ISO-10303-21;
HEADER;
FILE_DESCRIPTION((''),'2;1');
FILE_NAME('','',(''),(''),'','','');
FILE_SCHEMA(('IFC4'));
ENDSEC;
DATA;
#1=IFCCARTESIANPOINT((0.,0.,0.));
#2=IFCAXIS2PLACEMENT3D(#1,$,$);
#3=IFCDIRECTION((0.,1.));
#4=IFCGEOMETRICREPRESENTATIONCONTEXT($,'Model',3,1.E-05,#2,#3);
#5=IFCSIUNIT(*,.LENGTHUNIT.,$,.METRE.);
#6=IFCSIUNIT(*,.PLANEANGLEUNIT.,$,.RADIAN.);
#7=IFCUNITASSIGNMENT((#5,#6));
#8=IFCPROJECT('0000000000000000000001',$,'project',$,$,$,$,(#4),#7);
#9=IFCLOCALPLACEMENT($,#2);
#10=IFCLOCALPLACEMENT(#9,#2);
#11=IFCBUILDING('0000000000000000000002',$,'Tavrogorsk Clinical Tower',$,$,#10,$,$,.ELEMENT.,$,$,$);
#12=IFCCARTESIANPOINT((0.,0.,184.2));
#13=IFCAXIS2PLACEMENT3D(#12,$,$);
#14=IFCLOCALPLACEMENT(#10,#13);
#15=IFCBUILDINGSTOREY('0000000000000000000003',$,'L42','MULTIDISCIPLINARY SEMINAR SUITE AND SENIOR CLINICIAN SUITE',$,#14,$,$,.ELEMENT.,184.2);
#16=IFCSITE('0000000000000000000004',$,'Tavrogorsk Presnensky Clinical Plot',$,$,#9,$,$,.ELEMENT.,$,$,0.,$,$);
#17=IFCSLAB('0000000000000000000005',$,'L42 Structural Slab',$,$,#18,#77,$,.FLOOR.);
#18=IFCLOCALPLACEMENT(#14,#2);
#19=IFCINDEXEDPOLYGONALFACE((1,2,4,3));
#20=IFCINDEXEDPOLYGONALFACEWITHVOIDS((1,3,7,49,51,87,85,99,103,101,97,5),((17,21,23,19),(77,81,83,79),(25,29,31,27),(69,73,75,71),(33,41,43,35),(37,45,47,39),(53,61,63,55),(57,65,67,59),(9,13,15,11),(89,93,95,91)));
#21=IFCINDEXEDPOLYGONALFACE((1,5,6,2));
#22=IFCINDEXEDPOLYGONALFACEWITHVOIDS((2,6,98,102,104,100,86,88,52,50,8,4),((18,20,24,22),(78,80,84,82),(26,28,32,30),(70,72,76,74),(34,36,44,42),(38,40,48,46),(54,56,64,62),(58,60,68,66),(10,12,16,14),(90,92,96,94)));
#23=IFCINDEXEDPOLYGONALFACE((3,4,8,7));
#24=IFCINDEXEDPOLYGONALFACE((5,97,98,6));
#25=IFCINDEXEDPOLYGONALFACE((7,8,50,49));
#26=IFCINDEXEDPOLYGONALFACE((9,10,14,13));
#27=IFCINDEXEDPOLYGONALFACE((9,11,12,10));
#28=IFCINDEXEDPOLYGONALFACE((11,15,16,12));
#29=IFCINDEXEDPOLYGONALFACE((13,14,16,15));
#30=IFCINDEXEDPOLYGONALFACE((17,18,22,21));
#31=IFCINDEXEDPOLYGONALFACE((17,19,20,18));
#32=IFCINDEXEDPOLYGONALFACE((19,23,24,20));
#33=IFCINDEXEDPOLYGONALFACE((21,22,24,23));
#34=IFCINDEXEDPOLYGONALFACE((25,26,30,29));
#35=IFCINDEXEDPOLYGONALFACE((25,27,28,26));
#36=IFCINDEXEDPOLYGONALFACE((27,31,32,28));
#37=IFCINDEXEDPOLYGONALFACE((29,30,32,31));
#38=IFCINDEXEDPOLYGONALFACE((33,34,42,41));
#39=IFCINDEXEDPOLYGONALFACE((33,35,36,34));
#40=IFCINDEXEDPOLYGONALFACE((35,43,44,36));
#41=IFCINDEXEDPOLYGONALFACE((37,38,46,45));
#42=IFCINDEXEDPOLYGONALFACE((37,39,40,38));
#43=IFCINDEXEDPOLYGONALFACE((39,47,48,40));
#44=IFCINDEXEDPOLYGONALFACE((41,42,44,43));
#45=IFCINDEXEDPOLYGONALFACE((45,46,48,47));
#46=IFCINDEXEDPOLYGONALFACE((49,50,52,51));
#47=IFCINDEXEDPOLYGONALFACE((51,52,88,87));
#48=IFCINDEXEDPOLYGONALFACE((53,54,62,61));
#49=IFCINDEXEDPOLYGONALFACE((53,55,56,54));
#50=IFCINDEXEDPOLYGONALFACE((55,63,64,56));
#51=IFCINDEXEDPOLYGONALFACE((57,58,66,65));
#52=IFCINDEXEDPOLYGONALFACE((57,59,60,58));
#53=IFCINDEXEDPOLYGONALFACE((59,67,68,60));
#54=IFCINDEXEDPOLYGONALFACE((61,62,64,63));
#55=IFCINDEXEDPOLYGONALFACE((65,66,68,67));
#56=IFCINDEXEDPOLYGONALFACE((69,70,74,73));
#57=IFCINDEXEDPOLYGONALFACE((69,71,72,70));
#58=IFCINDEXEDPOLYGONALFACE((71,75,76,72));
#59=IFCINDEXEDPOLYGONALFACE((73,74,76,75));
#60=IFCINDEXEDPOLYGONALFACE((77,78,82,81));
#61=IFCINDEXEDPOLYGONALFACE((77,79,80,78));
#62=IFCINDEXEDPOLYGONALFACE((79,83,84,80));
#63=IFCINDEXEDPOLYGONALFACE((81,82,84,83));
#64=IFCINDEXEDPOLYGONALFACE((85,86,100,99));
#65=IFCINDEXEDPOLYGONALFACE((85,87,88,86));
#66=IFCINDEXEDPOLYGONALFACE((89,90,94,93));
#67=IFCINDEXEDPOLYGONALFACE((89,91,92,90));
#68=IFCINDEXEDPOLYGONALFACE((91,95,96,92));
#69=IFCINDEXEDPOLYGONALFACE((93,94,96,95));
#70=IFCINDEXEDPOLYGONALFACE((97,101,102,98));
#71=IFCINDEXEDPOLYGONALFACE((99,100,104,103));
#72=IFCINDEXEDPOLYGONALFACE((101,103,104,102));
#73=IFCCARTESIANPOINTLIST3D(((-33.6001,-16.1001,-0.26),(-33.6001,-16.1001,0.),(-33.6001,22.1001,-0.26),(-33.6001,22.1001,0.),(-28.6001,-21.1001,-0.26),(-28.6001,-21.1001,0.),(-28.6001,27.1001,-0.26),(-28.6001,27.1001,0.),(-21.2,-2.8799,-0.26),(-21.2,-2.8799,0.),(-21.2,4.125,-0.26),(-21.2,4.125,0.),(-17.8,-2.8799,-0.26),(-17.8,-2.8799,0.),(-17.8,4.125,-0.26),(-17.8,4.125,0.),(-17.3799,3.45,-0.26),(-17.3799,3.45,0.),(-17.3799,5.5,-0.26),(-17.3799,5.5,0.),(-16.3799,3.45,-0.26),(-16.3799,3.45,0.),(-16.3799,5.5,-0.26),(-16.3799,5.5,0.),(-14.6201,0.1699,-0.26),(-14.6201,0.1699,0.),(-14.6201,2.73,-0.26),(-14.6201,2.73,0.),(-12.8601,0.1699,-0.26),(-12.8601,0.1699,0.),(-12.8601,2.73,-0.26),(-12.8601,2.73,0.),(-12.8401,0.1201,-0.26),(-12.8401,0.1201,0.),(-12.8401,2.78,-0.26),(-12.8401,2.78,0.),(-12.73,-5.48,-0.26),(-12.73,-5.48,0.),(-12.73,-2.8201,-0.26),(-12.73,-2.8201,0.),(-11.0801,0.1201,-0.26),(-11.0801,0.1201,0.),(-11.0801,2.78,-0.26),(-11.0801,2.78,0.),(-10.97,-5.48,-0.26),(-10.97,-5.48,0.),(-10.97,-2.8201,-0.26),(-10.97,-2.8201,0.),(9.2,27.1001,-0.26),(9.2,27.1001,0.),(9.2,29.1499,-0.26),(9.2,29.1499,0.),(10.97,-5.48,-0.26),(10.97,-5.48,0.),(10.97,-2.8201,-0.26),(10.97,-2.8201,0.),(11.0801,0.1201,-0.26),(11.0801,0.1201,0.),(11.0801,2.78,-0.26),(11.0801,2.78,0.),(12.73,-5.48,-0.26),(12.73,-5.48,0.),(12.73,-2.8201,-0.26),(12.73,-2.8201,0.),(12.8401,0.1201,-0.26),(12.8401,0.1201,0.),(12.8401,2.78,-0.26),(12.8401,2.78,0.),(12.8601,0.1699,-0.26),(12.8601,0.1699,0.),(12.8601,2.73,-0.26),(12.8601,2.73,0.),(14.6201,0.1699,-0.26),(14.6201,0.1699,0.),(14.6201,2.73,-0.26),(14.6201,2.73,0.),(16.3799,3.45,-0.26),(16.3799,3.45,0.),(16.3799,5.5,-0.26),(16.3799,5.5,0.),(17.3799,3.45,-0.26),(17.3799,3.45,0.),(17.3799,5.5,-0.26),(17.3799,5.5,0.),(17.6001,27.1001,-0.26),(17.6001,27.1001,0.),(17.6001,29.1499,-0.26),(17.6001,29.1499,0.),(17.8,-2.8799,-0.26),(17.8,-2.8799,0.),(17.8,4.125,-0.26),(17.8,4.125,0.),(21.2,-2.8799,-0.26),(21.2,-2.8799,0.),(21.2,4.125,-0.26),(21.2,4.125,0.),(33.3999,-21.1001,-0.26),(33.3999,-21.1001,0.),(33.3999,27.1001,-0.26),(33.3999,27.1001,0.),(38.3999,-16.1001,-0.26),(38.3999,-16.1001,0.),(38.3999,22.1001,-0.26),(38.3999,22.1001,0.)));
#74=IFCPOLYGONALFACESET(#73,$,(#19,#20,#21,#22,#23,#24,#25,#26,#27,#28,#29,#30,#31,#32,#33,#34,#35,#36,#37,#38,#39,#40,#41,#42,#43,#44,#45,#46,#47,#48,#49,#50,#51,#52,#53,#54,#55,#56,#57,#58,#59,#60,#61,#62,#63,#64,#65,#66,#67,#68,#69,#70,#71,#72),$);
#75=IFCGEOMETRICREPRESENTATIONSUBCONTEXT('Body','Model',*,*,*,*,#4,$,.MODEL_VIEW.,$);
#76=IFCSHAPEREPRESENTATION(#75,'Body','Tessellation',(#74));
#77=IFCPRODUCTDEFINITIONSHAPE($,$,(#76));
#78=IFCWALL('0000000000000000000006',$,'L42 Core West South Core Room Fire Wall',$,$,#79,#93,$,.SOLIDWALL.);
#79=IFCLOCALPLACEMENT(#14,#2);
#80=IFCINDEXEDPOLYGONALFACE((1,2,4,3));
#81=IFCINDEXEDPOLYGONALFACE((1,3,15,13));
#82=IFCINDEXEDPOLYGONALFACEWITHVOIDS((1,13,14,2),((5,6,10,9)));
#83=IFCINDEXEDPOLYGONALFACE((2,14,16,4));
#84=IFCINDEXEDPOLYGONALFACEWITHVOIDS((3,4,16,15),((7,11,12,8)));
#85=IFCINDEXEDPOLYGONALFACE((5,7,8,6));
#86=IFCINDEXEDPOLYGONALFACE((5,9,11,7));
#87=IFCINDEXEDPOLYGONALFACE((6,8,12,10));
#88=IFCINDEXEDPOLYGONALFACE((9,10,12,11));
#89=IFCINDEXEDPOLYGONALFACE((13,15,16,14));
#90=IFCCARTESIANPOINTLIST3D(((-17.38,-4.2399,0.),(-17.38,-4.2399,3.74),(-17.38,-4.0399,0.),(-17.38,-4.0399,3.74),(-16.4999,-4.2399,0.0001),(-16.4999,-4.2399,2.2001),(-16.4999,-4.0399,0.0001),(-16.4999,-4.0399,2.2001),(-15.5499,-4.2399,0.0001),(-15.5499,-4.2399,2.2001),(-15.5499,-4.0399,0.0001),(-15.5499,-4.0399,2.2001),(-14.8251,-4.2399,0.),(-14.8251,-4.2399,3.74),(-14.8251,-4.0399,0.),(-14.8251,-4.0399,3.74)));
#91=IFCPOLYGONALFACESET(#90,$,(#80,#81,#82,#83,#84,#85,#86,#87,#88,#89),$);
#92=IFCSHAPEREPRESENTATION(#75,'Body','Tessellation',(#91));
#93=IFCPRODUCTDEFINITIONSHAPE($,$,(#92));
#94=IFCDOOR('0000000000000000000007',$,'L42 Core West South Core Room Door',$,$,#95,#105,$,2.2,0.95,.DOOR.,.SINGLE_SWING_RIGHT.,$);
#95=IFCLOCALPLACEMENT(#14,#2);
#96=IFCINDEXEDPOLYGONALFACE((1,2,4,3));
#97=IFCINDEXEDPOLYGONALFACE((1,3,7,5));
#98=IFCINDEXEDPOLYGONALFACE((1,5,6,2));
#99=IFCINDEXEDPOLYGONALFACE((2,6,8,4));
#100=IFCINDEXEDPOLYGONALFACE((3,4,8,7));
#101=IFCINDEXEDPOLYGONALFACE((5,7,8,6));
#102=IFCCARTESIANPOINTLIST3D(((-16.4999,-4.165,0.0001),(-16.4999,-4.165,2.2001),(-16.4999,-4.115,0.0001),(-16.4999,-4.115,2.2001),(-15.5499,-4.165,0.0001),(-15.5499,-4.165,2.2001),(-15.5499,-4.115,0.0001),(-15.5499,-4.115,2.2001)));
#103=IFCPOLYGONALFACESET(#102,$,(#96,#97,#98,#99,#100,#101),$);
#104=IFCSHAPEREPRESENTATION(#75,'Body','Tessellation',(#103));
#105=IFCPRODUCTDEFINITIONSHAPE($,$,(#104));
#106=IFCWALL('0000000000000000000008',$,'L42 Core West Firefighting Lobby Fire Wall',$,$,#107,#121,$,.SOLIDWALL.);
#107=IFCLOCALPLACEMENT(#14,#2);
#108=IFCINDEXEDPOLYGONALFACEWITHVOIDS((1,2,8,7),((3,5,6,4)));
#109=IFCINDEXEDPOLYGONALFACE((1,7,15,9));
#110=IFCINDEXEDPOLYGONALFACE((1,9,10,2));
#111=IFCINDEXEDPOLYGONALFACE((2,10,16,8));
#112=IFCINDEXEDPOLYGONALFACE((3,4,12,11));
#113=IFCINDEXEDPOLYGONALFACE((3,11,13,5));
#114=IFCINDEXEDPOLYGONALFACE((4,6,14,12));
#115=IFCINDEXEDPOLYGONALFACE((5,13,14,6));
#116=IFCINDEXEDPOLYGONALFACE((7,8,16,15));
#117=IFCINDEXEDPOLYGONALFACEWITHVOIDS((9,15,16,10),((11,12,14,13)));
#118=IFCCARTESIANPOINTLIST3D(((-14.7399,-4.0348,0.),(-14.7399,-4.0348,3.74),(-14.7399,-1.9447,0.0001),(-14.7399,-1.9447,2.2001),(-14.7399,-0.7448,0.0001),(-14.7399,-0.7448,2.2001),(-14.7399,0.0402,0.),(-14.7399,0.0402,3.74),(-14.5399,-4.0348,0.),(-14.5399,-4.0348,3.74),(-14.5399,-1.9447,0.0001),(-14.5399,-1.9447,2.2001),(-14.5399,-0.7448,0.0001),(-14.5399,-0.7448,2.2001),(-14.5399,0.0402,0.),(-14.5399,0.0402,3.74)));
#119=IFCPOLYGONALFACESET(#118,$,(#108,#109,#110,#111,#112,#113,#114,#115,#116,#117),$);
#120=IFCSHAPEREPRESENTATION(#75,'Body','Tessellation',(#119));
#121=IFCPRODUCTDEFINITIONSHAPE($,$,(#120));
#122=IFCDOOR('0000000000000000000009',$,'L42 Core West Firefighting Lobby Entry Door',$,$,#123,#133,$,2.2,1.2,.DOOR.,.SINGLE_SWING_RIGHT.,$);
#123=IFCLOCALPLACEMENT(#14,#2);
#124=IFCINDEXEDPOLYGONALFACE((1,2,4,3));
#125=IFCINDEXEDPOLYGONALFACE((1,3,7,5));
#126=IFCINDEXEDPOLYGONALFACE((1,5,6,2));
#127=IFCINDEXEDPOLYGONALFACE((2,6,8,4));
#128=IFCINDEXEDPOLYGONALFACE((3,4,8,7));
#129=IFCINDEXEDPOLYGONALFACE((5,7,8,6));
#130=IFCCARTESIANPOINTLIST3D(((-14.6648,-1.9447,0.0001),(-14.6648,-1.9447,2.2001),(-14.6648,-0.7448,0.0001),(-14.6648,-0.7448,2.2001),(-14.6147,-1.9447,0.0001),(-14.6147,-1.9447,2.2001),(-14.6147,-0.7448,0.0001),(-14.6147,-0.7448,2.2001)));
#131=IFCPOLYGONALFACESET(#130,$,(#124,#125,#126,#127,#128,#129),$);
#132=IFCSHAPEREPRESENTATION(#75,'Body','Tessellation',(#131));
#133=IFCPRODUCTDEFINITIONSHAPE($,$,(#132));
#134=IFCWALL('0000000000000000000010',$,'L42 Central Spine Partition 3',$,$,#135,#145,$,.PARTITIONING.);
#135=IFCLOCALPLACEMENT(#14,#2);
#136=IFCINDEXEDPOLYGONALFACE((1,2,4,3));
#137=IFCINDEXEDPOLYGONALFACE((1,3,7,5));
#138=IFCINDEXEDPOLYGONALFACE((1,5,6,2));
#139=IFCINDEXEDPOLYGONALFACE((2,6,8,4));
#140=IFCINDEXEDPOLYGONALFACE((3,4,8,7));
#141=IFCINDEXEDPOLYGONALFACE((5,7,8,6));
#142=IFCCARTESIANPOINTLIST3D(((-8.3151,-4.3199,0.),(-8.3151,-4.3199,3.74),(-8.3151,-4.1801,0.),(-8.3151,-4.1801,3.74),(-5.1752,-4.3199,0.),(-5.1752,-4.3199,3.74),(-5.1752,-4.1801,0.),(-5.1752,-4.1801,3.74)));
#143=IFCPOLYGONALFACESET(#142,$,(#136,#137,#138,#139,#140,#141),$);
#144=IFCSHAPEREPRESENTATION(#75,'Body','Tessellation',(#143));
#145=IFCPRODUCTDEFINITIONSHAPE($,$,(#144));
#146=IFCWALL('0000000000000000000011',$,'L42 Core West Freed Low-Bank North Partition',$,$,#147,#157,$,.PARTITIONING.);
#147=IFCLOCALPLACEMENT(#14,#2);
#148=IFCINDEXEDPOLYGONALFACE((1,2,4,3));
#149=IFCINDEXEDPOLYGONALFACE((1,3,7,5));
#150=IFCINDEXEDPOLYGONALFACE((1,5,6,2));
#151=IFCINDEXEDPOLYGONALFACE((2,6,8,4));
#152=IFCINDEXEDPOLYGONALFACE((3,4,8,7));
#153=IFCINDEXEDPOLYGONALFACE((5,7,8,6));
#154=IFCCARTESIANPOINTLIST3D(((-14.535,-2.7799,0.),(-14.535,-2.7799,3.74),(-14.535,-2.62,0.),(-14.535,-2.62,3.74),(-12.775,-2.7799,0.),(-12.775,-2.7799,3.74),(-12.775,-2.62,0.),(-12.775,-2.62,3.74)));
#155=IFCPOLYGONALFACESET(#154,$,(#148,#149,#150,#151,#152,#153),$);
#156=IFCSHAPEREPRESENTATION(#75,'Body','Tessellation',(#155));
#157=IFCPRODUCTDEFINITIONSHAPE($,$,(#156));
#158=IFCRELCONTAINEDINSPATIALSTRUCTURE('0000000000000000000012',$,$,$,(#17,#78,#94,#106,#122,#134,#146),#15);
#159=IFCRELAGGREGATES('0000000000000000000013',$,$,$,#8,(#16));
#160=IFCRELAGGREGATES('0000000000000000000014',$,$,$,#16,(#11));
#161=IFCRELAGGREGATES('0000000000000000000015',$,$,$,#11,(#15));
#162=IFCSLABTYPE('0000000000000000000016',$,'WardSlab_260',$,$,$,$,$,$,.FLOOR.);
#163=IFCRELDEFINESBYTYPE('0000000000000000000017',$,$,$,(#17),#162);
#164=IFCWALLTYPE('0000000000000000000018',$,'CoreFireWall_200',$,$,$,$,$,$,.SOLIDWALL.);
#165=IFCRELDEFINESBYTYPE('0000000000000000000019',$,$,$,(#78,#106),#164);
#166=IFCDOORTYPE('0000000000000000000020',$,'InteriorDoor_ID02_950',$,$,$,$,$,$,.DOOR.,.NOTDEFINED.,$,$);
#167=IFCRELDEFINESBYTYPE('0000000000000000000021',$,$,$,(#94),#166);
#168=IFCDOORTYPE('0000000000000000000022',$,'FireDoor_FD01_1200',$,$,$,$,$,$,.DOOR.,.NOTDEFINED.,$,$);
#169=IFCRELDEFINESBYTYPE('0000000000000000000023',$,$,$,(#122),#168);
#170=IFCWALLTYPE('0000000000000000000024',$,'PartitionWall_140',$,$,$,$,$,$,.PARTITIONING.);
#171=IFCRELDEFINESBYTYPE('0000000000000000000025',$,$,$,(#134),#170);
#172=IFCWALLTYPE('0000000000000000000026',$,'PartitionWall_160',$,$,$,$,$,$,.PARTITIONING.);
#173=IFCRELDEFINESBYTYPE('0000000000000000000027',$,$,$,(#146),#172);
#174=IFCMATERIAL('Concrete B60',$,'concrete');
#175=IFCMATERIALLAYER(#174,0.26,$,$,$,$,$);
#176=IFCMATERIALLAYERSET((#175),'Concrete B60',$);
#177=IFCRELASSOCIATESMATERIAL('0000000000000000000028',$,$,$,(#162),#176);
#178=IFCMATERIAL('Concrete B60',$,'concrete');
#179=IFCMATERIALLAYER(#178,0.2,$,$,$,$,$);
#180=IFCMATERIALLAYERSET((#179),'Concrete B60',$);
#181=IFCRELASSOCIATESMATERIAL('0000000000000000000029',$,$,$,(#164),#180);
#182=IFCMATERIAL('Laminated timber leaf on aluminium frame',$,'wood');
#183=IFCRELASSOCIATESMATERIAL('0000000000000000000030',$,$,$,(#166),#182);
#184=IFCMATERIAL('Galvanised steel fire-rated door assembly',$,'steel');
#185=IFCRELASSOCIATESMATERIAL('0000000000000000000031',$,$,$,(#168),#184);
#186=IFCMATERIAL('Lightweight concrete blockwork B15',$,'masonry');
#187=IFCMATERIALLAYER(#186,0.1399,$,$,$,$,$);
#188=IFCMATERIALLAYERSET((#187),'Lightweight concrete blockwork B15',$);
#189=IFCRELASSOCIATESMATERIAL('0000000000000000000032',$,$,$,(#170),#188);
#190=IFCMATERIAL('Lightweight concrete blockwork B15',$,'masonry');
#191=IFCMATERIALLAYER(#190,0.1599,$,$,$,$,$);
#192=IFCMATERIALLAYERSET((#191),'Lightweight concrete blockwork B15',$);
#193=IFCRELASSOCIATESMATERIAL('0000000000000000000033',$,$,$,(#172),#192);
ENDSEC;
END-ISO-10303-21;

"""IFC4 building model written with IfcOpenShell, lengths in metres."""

from ifc_helpers import new_model, si_unit, direction, frame, frame_2d, origin, place, context, subcontext, project, spatial, polyline, rectangle, outline, extrude, material, layer, layer_set, type_object, element, fill, save


model = new_model("IFC4")

# Units and contexts
model_context = context("Model", 3, precision=1e-05, world=origin(), true_north=direction((0.0, 1.0)))
body_context = subcontext(model_context, "Body", "Model", "MODEL_VIEW")
ifc_project = project(units=[si_unit("LENGTHUNIT", "METRE"), si_unit("PLANEANGLEUNIT", "RADIAN")], contexts=[model_context])

# Site, building, storey
site_placement = place(None, origin())
site = spatial("IfcSite", under=ifc_project, at=site_placement, Name="Tavrogorsk Presnensky Clinical Plot", CompositionType="ELEMENT", RefElevation=0.0)
building_placement = place(site_placement, origin())
building = spatial("IfcBuilding", under=site, at=building_placement, Name="Tavrogorsk Clinical Tower", CompositionType="ELEMENT")
storey_placement = place(building_placement, frame((0.0, 0.0, 184.2)))
storey = spatial("IfcBuildingStorey", under=building, at=storey_placement, Name="L42", Description="MULTIDISCIPLINARY SEMINAR SUITE AND SENIOR CLINICIAN SUITE", CompositionType="ELEMENT", Elevation=184.2)

# Slab
ifc_material_1 = material(Name="Concrete B60", Category="concrete")
ifc_layer_1 = layer(ifc_material_1, 0.26)
ifc_layer_set_1 = layer_set([ifc_layer_1], Name="Concrete B60")
slab_type_1 = type_object("IfcSlabType", Name="WardSlab_260", PredefinedType="FLOOR", material=ifc_layer_set_1)
slab_1_placement = place(storey_placement, frame((0.0, 0.0, -0.26)))
element("IfcSlab", 1, at=slab_1_placement, inside=storey, type_object=slab_type_1, Name="L42 Structural Slab", PredefinedType="FLOOR", context=body_context, shape_type="SweptSolid", body=[
    extrude(outline(polyline([(33.3999, 27.1001), (38.3999, 22.1001), (38.3999, -16.1001), (33.3999, -21.1001), (-28.6001, -21.1001), (-33.6001, -16.1001), (-33.6001, 22.1001), (-28.6001, 27.1001), (9.2, 27.1001), (9.2, 29.1499), (17.6001, 29.1499), (17.6001, 27.1001), (33.3999, 27.1001)]), holes=[polyline([(-17.8, -2.8799), (-17.8, 4.125), (-21.2, 4.125), (-21.2, -2.8799), (-17.8, -2.8799)]), polyline([(21.2, -2.8799), (21.2, 4.125), (17.8, 4.125), (17.8, -2.8799), (21.2, -2.8799)]), polyline([(-14.6201, 0.1699), (-12.8601, 0.1699), (-12.8601, 2.73), (-14.6201, 2.73), (-14.6201, 0.1699)]), polyline([(-12.73, -5.48), (-10.97, -5.48), (-10.97, -2.8201), (-12.73, -2.8201), (-12.73, -5.48)]), polyline([(-12.8401, 0.1201), (-11.0801, 0.1201), (-11.0801, 2.78), (-12.8401, 2.78), (-12.8401, 0.1201)]), polyline([(12.8601, 0.1699), (14.6201, 0.1699), (14.6201, 2.73), (12.8601, 2.73), (12.8601, 0.1699)]), polyline([(10.97, -5.48), (12.73, -5.48), (12.73, -2.8201), (10.97, -2.8201), (10.97, -5.48)]), polyline([(11.0801, 0.1201), (12.8401, 0.1201), (12.8401, 2.78), (11.0801, 2.78), (11.0801, 0.1201)]), polyline([(-17.3799, 3.45), (-16.3799, 3.45), (-16.3799, 5.5), (-17.3799, 5.5), (-17.3799, 3.45)]), polyline([(16.3799, 3.45), (17.3799, 3.45), (17.3799, 5.5), (16.3799, 5.5), (16.3799, 3.45)])]), origin(), (0.0, 0.0, 1.0), 0.26),
])

# Walls, openings, doors
ifc_material_2 = material(Name="Concrete B60", Category="concrete")
ifc_layer_2 = layer(ifc_material_2, 0.2)
ifc_layer_set_2 = layer_set([ifc_layer_2], Name="Concrete B60")
wall_type_1 = type_object("IfcWallType", Name="CoreFireWall_200", PredefinedType="SOLIDWALL", material=ifc_layer_set_2)
wall_1_placement = place(storey_placement, frame((-17.3799, -4.1399, 0.0), z_axis=(0.0, 0.0, 1.0), x_axis=(1.0, 0.0, 0.0)))
wall_1 = element("IfcWall", 2, at=wall_1_placement, inside=storey, type_object=wall_type_1, Name="L42 Core West South Core Room Fire Wall", PredefinedType="SOLIDWALL", context=body_context, shape_type="SweptSolid", body=[
    extrude(rectangle(XDim=2.5549, YDim=0.2, at=frame_2d((1.2773, 0.0))), origin(), (0.0, 0.0, 1.0), 3.74),
])
opening_1_placement = place(wall_1_placement, frame((0.8799, 0.0, 0.0)))
opening_1 = element("IfcOpeningElement", 3, at=opening_1_placement, cuts=wall_1, PredefinedType="OPENING", context=body_context, shape_type="SweptSolid", body=[
    extrude(rectangle(XDim=0.95, YDim=2.2, at=frame_2d((0.4751, 1.1001))), frame((0.0, 0.1099, 0.0), z_axis=(0.0, -1.0, 0.0), x_axis=(1.0, 0.0, 0.0)), (0.0, 0.0, 1.0), 0.22),
])
ifc_material_3 = material(Name="Laminated timber leaf on aluminium frame", Category="wood")
door_type_1 = type_object("IfcDoorType", Name="InteriorDoor_ID02_950", OperationType="NOTDEFINED", PredefinedType="DOOR", material=ifc_material_3)
door_1_placement = place(opening_1_placement, origin())
door_1 = element("IfcDoor", 4, at=door_1_placement, inside=storey, type_object=door_type_1, Name="L42 Core West South Core Room Door", OperationType="SINGLE_SWING_RIGHT", OverallHeight=2.2, OverallWidth=0.95, PredefinedType="DOOR", context=body_context, shape_type="SweptSolid", body=[
    extrude(rectangle(XDim=0.95, YDim=2.2, at=frame_2d((0.4751, 1.1001))), frame((0.0, 0.0249, 0.0), z_axis=(0.0, -1.0, 0.0), x_axis=(1.0, 0.0, 0.0)), (0.0, 0.0, 1.0), 0.05),
])
fill(opening_1, door_1)
wall_2_placement = place(storey_placement, frame((-14.6399, -4.0349, 0.0), z_axis=(0.0, 0.0, 1.0), x_axis=(0.0, 1.0, 0.0)))
wall_2 = element("IfcWall", 5, at=wall_2_placement, inside=storey, type_object=wall_type_1, Name="L42 Core West Firefighting Lobby Fire Wall", PredefinedType="SOLIDWALL", context=body_context, shape_type="SweptSolid", body=[
    extrude(rectangle(XDim=4.075, YDim=0.2, at=frame_2d((2.0376, 0.0))), origin(), (0.0, 0.0, 1.0), 3.74),
])
opening_2_placement = place(wall_2_placement, frame((2.0901, 0.0, 0.0)))
opening_2 = element("IfcOpeningElement", 6, at=opening_2_placement, cuts=wall_2, PredefinedType="OPENING", context=body_context, shape_type="SweptSolid", body=[
    extrude(rectangle(XDim=1.2, YDim=2.2, at=frame_2d((0.6001, 1.1001))), frame((0.0, 0.1099, 0.0), z_axis=(0.0, -1.0, 0.0), x_axis=(1.0, 0.0, 0.0)), (0.0, 0.0, 1.0), 0.22),
])
ifc_material_4 = material(Name="Galvanised steel fire-rated door assembly", Category="steel")
door_type_2 = type_object("IfcDoorType", Name="FireDoor_FD01_1200", OperationType="NOTDEFINED", PredefinedType="DOOR", material=ifc_material_4)
door_2_placement = place(opening_2_placement, origin())
door_2 = element("IfcDoor", 7, at=door_2_placement, inside=storey, type_object=door_type_2, Name="L42 Core West Firefighting Lobby Entry Door", OperationType="SINGLE_SWING_RIGHT", OverallHeight=2.2, OverallWidth=1.2, PredefinedType="DOOR", context=body_context, shape_type="SweptSolid", body=[
    extrude(rectangle(XDim=1.2, YDim=2.2, at=frame_2d((0.6001, 1.1001))), frame((0.0, 0.0249, 0.0), z_axis=(0.0, -1.0, 0.0), x_axis=(1.0, 0.0, 0.0)), (0.0, 0.0, 1.0), 0.05),
])
fill(opening_2, door_2)

# Walls
ifc_material_5 = material(Name="Lightweight concrete blockwork B15", Category="masonry")
ifc_layer_3 = layer(ifc_material_5, 0.1399)
ifc_layer_set_3 = layer_set([ifc_layer_3], Name="Lightweight concrete blockwork B15")
wall_type_2 = type_object("IfcWallType", Name="PartitionWall_140", PredefinedType="PARTITIONING", material=ifc_layer_set_3)
wall_3_placement = place(storey_placement, frame((-8.3149, -4.25, 0.0), z_axis=(0.0, 0.0, 1.0), x_axis=(1.0, 0.0, 0.0)))
element("IfcWall", 8, at=wall_3_placement, inside=storey, type_object=wall_type_2, Name="L42 Central Spine Partition 3", PredefinedType="PARTITIONING", context=body_context, shape_type="SweptSolid", body=[
    extrude(rectangle(XDim=3.1399, YDim=0.1399, at=frame_2d((1.5698, 0.0))), origin(), (0.0, 0.0, 1.0), 3.74),
])
ifc_material_6 = material(Name="Lightweight concrete blockwork B15", Category="masonry")
ifc_layer_4 = layer(ifc_material_6, 0.1599)
ifc_layer_set_4 = layer_set([ifc_layer_4], Name="Lightweight concrete blockwork B15")
wall_type_3 = type_object("IfcWallType", Name="PartitionWall_160", PredefinedType="PARTITIONING", material=ifc_layer_set_4)
wall_4_placement = place(storey_placement, frame((-14.5349, -2.7, 0.0), z_axis=(0.0, 0.0, 1.0), x_axis=(1.0, 0.0, 0.0)))
element("IfcWall", 9, at=wall_4_placement, inside=storey, type_object=wall_type_3, Name="L42 Core West Freed Low-Bank North Partition", PredefinedType="PARTITIONING", context=body_context, shape_type="SweptSolid", body=[
    extrude(rectangle(XDim=1.76, YDim=0.1599, at=frame_2d((0.8799, 0.0))), origin(), (0.0, 0.0, 1.0), 3.74),
])

save(model, "model.ifc")
